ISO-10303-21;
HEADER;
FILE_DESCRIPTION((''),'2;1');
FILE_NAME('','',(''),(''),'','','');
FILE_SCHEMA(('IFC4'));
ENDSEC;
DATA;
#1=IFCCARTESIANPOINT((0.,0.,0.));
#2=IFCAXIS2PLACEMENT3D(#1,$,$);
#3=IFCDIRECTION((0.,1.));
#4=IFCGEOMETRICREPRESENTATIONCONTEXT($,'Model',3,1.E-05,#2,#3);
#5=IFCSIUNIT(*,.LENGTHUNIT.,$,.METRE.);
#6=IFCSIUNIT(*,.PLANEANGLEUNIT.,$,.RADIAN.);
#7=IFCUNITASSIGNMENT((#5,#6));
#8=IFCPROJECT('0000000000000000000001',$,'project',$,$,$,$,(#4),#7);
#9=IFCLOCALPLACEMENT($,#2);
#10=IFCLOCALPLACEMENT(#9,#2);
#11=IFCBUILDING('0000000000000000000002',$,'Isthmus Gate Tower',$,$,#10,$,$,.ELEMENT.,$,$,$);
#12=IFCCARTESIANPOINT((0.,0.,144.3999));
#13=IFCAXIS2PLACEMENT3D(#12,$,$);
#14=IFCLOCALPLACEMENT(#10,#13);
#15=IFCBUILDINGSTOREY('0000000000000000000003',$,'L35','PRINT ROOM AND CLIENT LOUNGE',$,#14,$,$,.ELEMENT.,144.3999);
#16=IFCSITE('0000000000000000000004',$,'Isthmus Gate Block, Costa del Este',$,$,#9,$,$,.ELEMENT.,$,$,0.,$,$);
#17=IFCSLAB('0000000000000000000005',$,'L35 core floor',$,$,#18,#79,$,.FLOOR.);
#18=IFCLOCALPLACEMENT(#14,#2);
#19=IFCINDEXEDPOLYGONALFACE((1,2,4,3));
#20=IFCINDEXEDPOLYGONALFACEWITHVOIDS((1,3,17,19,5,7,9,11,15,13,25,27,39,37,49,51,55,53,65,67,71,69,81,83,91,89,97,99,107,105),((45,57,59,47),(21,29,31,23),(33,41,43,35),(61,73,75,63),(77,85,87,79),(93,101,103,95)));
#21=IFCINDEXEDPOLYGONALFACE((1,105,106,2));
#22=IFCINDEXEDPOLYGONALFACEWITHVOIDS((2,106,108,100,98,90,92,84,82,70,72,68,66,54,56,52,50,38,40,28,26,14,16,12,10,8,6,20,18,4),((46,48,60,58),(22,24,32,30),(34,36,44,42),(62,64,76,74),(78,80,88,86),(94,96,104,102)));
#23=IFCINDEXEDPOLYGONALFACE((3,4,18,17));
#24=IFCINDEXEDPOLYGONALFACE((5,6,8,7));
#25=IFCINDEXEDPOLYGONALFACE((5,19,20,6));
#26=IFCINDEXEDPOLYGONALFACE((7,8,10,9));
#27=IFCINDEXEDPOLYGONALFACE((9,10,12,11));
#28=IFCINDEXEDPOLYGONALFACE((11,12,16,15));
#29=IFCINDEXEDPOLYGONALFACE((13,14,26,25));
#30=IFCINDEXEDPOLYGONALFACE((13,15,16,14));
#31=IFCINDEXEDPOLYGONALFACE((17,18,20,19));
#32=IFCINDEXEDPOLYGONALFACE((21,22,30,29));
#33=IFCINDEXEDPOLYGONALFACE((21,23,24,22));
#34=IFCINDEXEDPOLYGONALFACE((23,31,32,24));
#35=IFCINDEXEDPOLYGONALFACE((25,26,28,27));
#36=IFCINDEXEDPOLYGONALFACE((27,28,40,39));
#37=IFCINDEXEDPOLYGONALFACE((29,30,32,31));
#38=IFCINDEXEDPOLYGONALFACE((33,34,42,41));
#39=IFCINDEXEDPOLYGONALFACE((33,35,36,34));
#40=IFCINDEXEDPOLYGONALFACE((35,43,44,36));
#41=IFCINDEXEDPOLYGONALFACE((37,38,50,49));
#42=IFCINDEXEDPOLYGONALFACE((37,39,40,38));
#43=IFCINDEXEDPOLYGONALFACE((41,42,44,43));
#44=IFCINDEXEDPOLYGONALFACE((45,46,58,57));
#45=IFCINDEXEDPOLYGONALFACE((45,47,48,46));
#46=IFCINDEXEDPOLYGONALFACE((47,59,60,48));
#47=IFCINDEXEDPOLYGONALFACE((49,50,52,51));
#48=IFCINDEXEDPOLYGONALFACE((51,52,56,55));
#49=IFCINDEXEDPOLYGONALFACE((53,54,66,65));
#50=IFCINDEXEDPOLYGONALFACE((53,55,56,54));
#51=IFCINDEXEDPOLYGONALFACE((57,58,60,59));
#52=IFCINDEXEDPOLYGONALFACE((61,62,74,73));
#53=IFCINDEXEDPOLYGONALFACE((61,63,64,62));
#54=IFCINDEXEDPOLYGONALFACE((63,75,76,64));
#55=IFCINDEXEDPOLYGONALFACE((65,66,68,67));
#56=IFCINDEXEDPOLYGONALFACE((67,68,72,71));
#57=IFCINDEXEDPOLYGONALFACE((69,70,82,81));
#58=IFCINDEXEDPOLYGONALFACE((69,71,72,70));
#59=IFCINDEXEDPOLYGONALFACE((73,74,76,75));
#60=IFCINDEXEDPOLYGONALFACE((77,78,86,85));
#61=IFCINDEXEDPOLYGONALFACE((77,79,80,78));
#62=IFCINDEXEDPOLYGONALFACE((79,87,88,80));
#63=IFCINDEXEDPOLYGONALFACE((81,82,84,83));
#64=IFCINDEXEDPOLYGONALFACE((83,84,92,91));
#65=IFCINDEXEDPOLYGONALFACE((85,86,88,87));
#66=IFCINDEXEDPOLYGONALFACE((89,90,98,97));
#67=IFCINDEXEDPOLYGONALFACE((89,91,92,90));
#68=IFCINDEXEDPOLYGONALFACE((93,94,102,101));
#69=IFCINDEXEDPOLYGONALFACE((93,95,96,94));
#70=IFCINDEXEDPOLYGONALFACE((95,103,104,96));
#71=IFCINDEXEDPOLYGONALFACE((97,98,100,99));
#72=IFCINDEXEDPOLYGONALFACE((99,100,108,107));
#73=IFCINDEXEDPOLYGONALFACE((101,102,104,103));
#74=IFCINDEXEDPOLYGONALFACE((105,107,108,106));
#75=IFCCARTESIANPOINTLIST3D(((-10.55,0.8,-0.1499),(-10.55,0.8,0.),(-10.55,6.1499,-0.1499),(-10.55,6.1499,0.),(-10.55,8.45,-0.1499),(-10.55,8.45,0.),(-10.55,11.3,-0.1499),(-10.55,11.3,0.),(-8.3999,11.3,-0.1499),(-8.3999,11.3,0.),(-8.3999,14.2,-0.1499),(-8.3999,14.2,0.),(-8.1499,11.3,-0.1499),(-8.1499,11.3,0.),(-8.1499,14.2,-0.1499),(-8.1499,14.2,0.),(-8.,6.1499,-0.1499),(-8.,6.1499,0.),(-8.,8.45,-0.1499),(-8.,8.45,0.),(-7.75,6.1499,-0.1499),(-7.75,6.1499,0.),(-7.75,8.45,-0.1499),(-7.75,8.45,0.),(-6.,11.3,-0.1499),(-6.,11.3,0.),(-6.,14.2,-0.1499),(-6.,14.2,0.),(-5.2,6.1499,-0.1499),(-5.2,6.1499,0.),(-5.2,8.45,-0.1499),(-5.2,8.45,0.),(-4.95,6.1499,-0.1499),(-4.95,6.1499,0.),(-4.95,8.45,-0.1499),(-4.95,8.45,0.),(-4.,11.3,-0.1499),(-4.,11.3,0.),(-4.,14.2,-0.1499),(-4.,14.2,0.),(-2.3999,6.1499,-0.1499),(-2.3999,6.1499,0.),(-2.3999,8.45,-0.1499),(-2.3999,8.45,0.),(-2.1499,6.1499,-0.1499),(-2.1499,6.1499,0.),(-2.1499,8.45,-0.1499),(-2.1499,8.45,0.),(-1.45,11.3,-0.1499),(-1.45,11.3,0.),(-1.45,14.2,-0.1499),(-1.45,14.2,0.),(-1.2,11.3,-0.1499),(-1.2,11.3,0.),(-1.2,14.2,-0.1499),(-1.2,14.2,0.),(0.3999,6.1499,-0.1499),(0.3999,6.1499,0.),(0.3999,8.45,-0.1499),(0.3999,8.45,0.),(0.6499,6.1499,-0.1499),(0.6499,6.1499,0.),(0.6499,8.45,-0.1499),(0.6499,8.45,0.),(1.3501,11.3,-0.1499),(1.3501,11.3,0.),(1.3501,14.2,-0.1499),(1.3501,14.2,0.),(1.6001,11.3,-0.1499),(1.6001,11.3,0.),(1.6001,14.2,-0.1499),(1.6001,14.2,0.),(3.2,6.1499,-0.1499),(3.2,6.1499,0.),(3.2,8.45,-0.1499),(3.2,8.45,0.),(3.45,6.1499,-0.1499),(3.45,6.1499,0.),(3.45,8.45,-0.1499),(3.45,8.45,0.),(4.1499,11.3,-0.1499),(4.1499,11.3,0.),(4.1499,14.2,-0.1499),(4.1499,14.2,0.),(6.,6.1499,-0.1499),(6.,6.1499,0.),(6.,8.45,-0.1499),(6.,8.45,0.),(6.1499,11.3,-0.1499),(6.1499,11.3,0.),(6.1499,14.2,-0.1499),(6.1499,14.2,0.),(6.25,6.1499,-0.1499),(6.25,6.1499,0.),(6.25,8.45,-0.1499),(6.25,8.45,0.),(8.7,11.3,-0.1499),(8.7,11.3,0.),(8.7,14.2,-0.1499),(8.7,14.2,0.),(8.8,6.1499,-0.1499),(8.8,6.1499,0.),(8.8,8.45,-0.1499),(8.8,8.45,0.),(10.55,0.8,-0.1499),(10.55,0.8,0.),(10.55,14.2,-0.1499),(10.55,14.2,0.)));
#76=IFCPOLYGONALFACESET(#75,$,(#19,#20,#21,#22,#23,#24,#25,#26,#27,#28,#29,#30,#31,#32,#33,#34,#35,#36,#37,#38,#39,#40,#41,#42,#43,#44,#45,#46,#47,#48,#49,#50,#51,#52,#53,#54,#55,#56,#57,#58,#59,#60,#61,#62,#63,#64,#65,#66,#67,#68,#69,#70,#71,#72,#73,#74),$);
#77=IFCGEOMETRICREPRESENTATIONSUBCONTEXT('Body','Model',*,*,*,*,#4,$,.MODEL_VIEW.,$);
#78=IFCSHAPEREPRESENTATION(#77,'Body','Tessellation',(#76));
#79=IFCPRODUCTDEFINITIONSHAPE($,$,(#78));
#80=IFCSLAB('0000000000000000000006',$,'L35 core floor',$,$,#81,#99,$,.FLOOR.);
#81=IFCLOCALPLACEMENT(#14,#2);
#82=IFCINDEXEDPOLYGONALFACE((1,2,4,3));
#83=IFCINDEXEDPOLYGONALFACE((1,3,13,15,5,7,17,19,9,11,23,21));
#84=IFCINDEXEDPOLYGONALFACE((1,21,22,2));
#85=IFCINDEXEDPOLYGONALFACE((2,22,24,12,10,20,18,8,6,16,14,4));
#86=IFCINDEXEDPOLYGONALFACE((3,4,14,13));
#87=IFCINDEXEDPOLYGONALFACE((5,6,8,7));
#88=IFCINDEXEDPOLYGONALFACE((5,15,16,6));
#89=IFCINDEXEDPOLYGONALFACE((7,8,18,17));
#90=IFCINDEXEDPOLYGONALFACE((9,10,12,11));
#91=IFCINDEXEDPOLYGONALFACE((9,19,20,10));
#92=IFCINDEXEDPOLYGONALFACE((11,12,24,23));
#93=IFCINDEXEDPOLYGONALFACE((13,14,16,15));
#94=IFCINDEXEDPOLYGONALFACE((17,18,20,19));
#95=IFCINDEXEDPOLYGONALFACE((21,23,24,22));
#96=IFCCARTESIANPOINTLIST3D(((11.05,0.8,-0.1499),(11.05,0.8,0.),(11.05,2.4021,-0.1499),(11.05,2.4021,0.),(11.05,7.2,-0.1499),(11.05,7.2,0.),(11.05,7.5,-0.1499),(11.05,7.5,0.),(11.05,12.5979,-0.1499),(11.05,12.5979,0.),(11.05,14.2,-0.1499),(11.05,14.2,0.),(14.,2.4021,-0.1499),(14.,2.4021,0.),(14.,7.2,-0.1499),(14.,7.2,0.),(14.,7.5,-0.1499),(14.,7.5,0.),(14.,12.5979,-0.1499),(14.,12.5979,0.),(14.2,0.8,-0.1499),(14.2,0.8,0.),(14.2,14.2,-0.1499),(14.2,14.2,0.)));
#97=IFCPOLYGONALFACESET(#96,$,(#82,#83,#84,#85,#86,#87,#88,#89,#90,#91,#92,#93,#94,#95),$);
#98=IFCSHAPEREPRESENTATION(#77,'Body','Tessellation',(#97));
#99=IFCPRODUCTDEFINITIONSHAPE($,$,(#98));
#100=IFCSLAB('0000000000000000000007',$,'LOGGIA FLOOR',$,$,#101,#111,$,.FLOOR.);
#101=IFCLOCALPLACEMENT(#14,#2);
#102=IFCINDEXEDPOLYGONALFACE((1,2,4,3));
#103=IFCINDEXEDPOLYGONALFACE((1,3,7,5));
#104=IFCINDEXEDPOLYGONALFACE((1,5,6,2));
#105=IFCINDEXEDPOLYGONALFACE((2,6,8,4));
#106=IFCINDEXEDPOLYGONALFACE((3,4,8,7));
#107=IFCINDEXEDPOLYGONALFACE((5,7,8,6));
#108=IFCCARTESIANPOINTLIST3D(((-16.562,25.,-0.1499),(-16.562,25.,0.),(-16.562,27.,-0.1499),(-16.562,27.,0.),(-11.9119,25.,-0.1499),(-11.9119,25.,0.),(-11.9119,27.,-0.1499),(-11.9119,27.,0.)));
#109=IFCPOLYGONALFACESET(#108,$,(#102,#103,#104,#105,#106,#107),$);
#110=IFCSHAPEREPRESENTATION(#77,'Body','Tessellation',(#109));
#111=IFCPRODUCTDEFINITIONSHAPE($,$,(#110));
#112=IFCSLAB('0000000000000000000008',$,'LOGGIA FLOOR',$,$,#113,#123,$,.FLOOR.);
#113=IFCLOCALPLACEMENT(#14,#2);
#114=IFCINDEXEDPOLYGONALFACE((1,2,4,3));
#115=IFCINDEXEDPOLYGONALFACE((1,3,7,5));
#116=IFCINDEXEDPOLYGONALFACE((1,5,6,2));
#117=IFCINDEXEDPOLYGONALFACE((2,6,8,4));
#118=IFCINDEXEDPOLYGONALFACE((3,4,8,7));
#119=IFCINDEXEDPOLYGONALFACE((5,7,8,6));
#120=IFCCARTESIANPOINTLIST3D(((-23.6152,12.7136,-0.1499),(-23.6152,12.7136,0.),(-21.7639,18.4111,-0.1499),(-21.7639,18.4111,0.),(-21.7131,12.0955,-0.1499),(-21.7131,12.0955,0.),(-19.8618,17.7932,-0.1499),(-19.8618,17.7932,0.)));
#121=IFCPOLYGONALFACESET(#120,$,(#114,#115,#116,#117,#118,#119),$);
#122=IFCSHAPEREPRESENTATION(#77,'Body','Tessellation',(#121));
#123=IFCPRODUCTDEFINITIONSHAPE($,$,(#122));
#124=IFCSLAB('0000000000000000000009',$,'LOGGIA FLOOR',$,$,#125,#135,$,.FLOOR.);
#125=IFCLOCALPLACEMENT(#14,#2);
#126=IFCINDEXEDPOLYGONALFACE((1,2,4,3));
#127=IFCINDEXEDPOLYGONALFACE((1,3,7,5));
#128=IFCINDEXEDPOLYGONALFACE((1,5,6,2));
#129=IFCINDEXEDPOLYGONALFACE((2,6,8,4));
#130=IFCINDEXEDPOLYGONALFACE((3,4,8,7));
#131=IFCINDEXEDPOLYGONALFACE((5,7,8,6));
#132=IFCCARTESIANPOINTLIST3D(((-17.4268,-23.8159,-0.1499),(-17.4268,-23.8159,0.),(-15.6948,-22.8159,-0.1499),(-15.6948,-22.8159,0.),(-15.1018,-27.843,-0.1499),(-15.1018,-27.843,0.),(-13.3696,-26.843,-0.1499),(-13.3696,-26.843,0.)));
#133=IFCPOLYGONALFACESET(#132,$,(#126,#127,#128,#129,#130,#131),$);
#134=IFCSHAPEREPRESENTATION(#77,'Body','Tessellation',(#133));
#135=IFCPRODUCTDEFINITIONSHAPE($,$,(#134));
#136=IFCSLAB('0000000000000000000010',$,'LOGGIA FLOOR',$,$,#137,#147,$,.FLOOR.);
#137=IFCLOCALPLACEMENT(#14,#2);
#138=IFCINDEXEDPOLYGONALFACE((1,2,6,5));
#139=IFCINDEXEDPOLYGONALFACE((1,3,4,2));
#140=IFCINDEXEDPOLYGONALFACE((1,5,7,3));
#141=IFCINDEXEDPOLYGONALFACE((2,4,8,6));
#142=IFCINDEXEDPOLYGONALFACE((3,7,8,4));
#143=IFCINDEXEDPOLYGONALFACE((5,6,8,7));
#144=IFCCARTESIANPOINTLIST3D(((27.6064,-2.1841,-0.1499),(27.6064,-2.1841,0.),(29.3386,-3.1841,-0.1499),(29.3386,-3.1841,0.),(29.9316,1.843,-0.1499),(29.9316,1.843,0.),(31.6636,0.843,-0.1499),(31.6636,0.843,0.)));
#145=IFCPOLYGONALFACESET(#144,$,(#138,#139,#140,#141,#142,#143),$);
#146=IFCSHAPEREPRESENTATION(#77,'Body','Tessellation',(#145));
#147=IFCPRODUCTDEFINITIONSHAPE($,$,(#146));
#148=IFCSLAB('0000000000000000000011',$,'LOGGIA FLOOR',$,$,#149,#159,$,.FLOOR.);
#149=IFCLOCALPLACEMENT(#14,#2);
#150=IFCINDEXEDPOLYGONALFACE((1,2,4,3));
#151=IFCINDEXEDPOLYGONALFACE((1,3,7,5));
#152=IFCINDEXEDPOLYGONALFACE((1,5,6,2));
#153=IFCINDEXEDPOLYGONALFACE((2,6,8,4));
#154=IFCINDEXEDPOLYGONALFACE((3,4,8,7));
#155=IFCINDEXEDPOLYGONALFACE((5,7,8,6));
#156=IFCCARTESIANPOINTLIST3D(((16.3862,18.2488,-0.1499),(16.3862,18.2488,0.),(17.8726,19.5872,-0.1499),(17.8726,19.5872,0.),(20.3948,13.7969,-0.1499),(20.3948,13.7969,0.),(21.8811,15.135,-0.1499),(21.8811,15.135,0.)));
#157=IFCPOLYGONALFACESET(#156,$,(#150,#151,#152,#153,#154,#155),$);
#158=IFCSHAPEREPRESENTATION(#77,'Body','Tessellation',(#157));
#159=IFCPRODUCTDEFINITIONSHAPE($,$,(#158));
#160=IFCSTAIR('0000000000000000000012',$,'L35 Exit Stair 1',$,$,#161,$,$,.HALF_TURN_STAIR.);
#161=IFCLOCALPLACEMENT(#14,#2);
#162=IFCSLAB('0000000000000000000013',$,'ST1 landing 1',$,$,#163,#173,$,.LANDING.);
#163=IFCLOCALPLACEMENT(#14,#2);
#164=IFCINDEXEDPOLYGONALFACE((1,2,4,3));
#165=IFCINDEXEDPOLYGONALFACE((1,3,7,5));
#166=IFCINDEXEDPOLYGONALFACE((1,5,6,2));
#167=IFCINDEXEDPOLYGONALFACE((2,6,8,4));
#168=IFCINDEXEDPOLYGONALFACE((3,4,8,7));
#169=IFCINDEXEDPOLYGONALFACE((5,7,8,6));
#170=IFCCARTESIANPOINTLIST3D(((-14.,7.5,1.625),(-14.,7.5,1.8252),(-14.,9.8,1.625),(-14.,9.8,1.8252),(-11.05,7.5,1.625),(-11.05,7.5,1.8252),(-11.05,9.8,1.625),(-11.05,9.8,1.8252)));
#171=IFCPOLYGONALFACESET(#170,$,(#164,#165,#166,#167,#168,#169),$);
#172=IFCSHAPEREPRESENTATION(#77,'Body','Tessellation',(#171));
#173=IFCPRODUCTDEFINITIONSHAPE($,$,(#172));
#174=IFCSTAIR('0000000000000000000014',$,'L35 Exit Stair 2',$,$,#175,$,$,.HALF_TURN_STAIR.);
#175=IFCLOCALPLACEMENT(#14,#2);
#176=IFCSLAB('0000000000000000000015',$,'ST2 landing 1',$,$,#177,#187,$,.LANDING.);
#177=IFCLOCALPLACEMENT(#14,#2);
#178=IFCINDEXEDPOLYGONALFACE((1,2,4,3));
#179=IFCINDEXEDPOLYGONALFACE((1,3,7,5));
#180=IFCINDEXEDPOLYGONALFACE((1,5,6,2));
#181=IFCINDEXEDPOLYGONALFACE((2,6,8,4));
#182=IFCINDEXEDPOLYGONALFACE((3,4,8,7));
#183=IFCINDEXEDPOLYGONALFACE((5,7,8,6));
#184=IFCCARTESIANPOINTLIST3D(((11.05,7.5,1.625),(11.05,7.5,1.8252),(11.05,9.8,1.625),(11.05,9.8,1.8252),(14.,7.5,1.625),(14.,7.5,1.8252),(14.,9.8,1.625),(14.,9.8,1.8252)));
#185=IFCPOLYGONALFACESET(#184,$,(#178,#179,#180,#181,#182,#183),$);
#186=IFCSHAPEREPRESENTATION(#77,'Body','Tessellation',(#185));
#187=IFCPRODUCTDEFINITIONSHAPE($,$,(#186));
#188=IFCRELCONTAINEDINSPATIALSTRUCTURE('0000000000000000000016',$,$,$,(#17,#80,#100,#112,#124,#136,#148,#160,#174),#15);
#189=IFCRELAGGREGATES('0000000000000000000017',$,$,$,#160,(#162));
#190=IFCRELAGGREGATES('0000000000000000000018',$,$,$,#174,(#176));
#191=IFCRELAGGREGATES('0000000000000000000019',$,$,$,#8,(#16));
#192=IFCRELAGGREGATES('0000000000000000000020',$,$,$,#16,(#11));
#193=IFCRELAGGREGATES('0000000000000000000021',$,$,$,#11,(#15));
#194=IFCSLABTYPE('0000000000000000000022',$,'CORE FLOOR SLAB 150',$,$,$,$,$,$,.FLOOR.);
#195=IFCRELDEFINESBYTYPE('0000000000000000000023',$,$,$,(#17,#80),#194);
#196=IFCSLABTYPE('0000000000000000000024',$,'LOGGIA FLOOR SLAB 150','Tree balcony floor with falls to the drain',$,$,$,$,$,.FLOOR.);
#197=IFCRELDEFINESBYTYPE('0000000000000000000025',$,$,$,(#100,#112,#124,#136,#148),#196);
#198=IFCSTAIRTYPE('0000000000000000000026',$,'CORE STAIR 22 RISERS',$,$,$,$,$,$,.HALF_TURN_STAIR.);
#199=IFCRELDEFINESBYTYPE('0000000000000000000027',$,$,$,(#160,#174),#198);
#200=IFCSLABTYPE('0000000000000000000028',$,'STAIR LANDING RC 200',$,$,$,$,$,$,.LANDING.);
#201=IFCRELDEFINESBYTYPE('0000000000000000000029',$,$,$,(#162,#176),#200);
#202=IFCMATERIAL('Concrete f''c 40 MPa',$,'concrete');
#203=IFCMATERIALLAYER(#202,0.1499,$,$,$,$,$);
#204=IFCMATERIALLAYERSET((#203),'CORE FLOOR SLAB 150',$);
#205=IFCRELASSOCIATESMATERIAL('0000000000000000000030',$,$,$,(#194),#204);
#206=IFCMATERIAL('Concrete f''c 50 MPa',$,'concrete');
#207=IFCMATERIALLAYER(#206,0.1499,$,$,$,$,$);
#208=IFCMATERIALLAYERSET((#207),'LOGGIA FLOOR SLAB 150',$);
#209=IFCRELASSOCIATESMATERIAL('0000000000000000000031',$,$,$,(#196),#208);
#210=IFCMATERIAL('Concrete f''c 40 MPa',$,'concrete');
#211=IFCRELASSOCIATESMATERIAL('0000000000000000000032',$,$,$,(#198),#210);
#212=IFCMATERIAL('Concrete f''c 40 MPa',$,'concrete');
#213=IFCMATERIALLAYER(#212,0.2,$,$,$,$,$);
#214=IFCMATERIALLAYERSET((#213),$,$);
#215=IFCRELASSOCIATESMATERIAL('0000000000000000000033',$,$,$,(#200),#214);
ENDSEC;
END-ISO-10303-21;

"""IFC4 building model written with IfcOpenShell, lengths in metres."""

from ifc_helpers import new_model, si_unit, direction, frame, origin, place, context, subcontext, project, spatial, polyline, outline, extrude, material, layer, layer_set, type_object, element, aggregate, save


model = new_model("IFC4")

# Units and contexts
model_context = context("Model", 3, precision=1e-05, world=origin(), true_north=direction((0.0, 1.0)))
body_context = subcontext(model_context, "Body", "Model", "MODEL_VIEW")
ifc_project = project(units=[si_unit("LENGTHUNIT", "METRE"), si_unit("PLANEANGLEUNIT", "RADIAN")], contexts=[model_context])

# Site, building, storey
site_placement = place(None, origin())
site = spatial("IfcSite", under=ifc_project, at=site_placement, Name="Isthmus Gate Block, Costa del Este", CompositionType="ELEMENT", RefElevation=0.0)
building_placement = place(site_placement, origin())
building = spatial("IfcBuilding", under=site, at=building_placement, Name="Isthmus Gate Tower", CompositionType="ELEMENT")
storey_placement = place(building_placement, frame((0.0, 0.0, 144.3999)))
storey = spatial("IfcBuildingStorey", under=building, at=storey_placement, Name="L35", Description="PRINT ROOM AND CLIENT LOUNGE", CompositionType="ELEMENT", Elevation=144.3999)

# Slabs
ifc_material_1 = material(Name="Concrete f'c 40 MPa", Category="concrete")
ifc_layer_1 = layer(ifc_material_1, 0.1499)
ifc_layer_set_1 = layer_set([ifc_layer_1], Name="CORE FLOOR SLAB 150")
slab_type_1 = type_object("IfcSlabType", Name="CORE FLOOR SLAB 150", PredefinedType="FLOOR", material=ifc_layer_set_1)
slab_1_placement = place(storey_placement, frame((0.0, 0.0, -0.1499)))
element("IfcSlab", 1, at=slab_1_placement, inside=storey, type_object=slab_type_1, Name="L35 core floor", PredefinedType="FLOOR", context=body_context, shape_type="SweptSolid", body=[
    extrude(outline(polyline([(10.55, 14.2), (8.7, 14.2), (8.7, 11.3), (6.1499, 11.3), (6.1499, 14.2), (4.1499, 14.2), (4.1499, 11.3), (1.6001, 11.3), (1.6001, 14.2), (1.3501, 14.2), (1.3501, 11.3), (-1.2, 11.3), (-1.2, 14.2), (-1.45, 14.2), (-1.45, 11.3), (-4.0, 11.3), (-4.0, 14.2), (-6.0, 14.2), (-6.0, 11.3), (-8.1499, 11.3), (-8.1499, 14.2), (-8.3999, 14.2), (-8.3999, 11.3), (-10.55, 11.3), (-10.55, 8.45), (-8.0, 8.45), (-8.0, 6.1499), (-10.55, 6.1499), (-10.55, 0.8), (10.55, 0.8), (10.55, 14.2)]), holes=[polyline([(-5.2, 8.45), (-5.2, 6.1499), (-7.75, 6.1499), (-7.75, 8.45), (-5.2, 8.45)]), polyline([(-2.3999, 8.45), (-2.3999, 6.1499), (-4.95, 6.1499), (-4.95, 8.45), (-2.3999, 8.45)]), polyline([(0.3999, 8.45), (0.3999, 6.1499), (-2.1499, 6.1499), (-2.1499, 8.45), (0.3999, 8.45)]), polyline([(3.2, 8.45), (3.2, 6.1499), (0.6499, 6.1499), (0.6499, 8.45), (3.2, 8.45)]), polyline([(6.0, 8.45), (6.0, 6.1499), (3.45, 6.1499), (3.45, 8.45), (6.0, 8.45)]), polyline([(8.8, 8.45), (8.8, 6.1499), (6.25, 6.1499), (6.25, 8.45), (8.8, 8.45)])]), origin(), (0.0, 0.0, 1.0), 0.1499),
])
slab_2_placement = place(storey_placement, frame((0.0, 0.0, -0.1499)))
element("IfcSlab", 2, at=slab_2_placement, inside=storey, type_object=slab_type_1, Name="L35 core floor", PredefinedType="FLOOR", context=body_context, shape_type="SweptSolid", body=[
    extrude(outline(polyline([(11.05, 14.2), (11.05, 12.5979), (14.0, 12.5979), (14.0, 7.5), (11.05, 7.5), (11.05, 7.2), (14.0, 7.2), (14.0, 2.4021), (11.05, 2.4021), (11.05, 0.8), (14.2, 0.8), (14.2, 14.2), (11.05, 14.2)])), origin(), (0.0, 0.0, 1.0), 0.1499),
])
ifc_material_2 = material(Name="Concrete f'c 50 MPa", Category="concrete")
ifc_layer_2 = layer(ifc_material_2, 0.1499)
ifc_layer_set_2 = layer_set([ifc_layer_2], Name="LOGGIA FLOOR SLAB 150")
slab_type_2 = type_object("IfcSlabType", Name="LOGGIA FLOOR SLAB 150", Description="Tree balcony floor with falls to the drain", PredefinedType="FLOOR", material=ifc_layer_set_2)
slab_3_placement = place(storey_placement, frame((0.0, 0.0, -0.1499)))
element("IfcSlab", 3, at=slab_3_placement, inside=storey, type_object=slab_type_2, Name="LOGGIA FLOOR", PredefinedType="FLOOR", context=body_context, shape_type="SweptSolid", body=[
    extrude(outline(polyline([(-11.9119, 27.0), (-16.562, 27.0), (-16.562, 25.0), (-11.9119, 25.0), (-11.9119, 27.0)])), origin(), (0.0, 0.0, 1.0), 0.1499),
])
slab_4_placement = place(storey_placement, frame((0.0, 0.0, -0.1499)))
element("IfcSlab", 4, at=slab_4_placement, inside=storey, type_object=slab_type_2, Name="LOGGIA FLOOR", PredefinedType="FLOOR", context=body_context, shape_type="SweptSolid", body=[
    extrude(outline(polyline([(-21.7639, 18.4111), (-23.6152, 12.7136), (-21.7131, 12.0955), (-19.8618, 17.7932), (-21.7639, 18.4111)])), origin(), (0.0, 0.0, 1.0), 0.1499),
])
slab_5_placement = place(storey_placement, frame((0.0, 0.0, -0.1499)))
element("IfcSlab", 5, at=slab_5_placement, inside=storey, type_object=slab_type_2, Name="LOGGIA FLOOR", PredefinedType="FLOOR", context=body_context, shape_type="SweptSolid", body=[
    extrude(outline(polyline([(-17.4268, -23.8159), (-15.1018, -27.843), (-13.3696, -26.843), (-15.6948, -22.8159), (-17.4268, -23.8159)])), origin(), (0.0, 0.0, 1.0), 0.1499),
])
slab_6_placement = place(storey_placement, frame((0.0, 0.0, -0.1499)))
element("IfcSlab", 6, at=slab_6_placement, inside=storey, type_object=slab_type_2, Name="LOGGIA FLOOR", PredefinedType="FLOOR", context=body_context, shape_type="SweptSolid", body=[
    extrude(outline(polyline([(29.3386, -3.1841), (31.6636, 0.843), (29.9316, 1.843), (27.6064, -2.1841), (29.3386, -3.1841)])), origin(), (0.0, 0.0, 1.0), 0.1499),
])
slab_7_placement = place(storey_placement, frame((0.0, 0.0, -0.1499)))
element("IfcSlab", 7, at=slab_7_placement, inside=storey, type_object=slab_type_2, Name="LOGGIA FLOOR", PredefinedType="FLOOR", context=body_context, shape_type="SweptSolid", body=[
    extrude(outline(polyline([(21.8811, 15.135), (17.8726, 19.5872), (16.3862, 18.2488), (20.3948, 13.7969), (21.8811, 15.135)])), origin(), (0.0, 0.0, 1.0), 0.1499),
])

# Stairs, slabs
ifc_material_3 = material(Name="Concrete f'c 40 MPa", Category="concrete")
stair_type = type_object("IfcStairType", Name="CORE STAIR 22 RISERS", PredefinedType="HALF_TURN_STAIR", material=ifc_material_3)
stair_1_placement = place(storey_placement, origin())
stair_1 = element("IfcStair", 8, at=stair_1_placement, inside=storey, type_object=stair_type, Name="L35 Exit Stair 1", PredefinedType="HALF_TURN_STAIR")
ifc_material_4 = material(Name="Concrete f'c 40 MPa", Category="concrete")
ifc_layer_3 = layer(ifc_material_4, 0.2)
ifc_layer_set_3 = layer_set([ifc_layer_3])
slab_type_3 = type_object("IfcSlabType", Name="STAIR LANDING RC 200", PredefinedType="LANDING", material=ifc_layer_set_3)
slab_8_placement = place(storey_placement, frame((0.0, 0.0, 1.625)))
slab_8 = element("IfcSlab", 9, at=slab_8_placement, type_object=slab_type_3, Name="ST1 landing 1", PredefinedType="LANDING", context=body_context, shape_type="SweptSolid", body=[
    extrude(outline(polyline([(-14.0, 9.8), (-14.0, 7.5), (-11.05, 7.5), (-11.05, 9.8), (-14.0, 9.8)])), origin(), (0.0, 0.0, 1.0), 0.2002),
])
aggregate(stair_1, [slab_8])
stair_2_placement = place(storey_placement, origin())
stair_2 = element("IfcStair", 10, at=stair_2_placement, inside=storey, type_object=stair_type, Name="L35 Exit Stair 2", PredefinedType="HALF_TURN_STAIR")
slab_9_placement = place(storey_placement, frame((0.0, 0.0, 1.625)))
slab_9 = element("IfcSlab", 11, at=slab_9_placement, type_object=slab_type_3, Name="ST2 landing 1", PredefinedType="LANDING", context=body_context, shape_type="SweptSolid", body=[
    extrude(outline(polyline([(11.05, 9.8), (11.05, 7.5), (14.0, 7.5), (14.0, 9.8), (11.05, 9.8)])), origin(), (0.0, 0.0, 1.0), 0.2002),
])
aggregate(stair_2, [slab_9])

save(model, "model.ifc")
